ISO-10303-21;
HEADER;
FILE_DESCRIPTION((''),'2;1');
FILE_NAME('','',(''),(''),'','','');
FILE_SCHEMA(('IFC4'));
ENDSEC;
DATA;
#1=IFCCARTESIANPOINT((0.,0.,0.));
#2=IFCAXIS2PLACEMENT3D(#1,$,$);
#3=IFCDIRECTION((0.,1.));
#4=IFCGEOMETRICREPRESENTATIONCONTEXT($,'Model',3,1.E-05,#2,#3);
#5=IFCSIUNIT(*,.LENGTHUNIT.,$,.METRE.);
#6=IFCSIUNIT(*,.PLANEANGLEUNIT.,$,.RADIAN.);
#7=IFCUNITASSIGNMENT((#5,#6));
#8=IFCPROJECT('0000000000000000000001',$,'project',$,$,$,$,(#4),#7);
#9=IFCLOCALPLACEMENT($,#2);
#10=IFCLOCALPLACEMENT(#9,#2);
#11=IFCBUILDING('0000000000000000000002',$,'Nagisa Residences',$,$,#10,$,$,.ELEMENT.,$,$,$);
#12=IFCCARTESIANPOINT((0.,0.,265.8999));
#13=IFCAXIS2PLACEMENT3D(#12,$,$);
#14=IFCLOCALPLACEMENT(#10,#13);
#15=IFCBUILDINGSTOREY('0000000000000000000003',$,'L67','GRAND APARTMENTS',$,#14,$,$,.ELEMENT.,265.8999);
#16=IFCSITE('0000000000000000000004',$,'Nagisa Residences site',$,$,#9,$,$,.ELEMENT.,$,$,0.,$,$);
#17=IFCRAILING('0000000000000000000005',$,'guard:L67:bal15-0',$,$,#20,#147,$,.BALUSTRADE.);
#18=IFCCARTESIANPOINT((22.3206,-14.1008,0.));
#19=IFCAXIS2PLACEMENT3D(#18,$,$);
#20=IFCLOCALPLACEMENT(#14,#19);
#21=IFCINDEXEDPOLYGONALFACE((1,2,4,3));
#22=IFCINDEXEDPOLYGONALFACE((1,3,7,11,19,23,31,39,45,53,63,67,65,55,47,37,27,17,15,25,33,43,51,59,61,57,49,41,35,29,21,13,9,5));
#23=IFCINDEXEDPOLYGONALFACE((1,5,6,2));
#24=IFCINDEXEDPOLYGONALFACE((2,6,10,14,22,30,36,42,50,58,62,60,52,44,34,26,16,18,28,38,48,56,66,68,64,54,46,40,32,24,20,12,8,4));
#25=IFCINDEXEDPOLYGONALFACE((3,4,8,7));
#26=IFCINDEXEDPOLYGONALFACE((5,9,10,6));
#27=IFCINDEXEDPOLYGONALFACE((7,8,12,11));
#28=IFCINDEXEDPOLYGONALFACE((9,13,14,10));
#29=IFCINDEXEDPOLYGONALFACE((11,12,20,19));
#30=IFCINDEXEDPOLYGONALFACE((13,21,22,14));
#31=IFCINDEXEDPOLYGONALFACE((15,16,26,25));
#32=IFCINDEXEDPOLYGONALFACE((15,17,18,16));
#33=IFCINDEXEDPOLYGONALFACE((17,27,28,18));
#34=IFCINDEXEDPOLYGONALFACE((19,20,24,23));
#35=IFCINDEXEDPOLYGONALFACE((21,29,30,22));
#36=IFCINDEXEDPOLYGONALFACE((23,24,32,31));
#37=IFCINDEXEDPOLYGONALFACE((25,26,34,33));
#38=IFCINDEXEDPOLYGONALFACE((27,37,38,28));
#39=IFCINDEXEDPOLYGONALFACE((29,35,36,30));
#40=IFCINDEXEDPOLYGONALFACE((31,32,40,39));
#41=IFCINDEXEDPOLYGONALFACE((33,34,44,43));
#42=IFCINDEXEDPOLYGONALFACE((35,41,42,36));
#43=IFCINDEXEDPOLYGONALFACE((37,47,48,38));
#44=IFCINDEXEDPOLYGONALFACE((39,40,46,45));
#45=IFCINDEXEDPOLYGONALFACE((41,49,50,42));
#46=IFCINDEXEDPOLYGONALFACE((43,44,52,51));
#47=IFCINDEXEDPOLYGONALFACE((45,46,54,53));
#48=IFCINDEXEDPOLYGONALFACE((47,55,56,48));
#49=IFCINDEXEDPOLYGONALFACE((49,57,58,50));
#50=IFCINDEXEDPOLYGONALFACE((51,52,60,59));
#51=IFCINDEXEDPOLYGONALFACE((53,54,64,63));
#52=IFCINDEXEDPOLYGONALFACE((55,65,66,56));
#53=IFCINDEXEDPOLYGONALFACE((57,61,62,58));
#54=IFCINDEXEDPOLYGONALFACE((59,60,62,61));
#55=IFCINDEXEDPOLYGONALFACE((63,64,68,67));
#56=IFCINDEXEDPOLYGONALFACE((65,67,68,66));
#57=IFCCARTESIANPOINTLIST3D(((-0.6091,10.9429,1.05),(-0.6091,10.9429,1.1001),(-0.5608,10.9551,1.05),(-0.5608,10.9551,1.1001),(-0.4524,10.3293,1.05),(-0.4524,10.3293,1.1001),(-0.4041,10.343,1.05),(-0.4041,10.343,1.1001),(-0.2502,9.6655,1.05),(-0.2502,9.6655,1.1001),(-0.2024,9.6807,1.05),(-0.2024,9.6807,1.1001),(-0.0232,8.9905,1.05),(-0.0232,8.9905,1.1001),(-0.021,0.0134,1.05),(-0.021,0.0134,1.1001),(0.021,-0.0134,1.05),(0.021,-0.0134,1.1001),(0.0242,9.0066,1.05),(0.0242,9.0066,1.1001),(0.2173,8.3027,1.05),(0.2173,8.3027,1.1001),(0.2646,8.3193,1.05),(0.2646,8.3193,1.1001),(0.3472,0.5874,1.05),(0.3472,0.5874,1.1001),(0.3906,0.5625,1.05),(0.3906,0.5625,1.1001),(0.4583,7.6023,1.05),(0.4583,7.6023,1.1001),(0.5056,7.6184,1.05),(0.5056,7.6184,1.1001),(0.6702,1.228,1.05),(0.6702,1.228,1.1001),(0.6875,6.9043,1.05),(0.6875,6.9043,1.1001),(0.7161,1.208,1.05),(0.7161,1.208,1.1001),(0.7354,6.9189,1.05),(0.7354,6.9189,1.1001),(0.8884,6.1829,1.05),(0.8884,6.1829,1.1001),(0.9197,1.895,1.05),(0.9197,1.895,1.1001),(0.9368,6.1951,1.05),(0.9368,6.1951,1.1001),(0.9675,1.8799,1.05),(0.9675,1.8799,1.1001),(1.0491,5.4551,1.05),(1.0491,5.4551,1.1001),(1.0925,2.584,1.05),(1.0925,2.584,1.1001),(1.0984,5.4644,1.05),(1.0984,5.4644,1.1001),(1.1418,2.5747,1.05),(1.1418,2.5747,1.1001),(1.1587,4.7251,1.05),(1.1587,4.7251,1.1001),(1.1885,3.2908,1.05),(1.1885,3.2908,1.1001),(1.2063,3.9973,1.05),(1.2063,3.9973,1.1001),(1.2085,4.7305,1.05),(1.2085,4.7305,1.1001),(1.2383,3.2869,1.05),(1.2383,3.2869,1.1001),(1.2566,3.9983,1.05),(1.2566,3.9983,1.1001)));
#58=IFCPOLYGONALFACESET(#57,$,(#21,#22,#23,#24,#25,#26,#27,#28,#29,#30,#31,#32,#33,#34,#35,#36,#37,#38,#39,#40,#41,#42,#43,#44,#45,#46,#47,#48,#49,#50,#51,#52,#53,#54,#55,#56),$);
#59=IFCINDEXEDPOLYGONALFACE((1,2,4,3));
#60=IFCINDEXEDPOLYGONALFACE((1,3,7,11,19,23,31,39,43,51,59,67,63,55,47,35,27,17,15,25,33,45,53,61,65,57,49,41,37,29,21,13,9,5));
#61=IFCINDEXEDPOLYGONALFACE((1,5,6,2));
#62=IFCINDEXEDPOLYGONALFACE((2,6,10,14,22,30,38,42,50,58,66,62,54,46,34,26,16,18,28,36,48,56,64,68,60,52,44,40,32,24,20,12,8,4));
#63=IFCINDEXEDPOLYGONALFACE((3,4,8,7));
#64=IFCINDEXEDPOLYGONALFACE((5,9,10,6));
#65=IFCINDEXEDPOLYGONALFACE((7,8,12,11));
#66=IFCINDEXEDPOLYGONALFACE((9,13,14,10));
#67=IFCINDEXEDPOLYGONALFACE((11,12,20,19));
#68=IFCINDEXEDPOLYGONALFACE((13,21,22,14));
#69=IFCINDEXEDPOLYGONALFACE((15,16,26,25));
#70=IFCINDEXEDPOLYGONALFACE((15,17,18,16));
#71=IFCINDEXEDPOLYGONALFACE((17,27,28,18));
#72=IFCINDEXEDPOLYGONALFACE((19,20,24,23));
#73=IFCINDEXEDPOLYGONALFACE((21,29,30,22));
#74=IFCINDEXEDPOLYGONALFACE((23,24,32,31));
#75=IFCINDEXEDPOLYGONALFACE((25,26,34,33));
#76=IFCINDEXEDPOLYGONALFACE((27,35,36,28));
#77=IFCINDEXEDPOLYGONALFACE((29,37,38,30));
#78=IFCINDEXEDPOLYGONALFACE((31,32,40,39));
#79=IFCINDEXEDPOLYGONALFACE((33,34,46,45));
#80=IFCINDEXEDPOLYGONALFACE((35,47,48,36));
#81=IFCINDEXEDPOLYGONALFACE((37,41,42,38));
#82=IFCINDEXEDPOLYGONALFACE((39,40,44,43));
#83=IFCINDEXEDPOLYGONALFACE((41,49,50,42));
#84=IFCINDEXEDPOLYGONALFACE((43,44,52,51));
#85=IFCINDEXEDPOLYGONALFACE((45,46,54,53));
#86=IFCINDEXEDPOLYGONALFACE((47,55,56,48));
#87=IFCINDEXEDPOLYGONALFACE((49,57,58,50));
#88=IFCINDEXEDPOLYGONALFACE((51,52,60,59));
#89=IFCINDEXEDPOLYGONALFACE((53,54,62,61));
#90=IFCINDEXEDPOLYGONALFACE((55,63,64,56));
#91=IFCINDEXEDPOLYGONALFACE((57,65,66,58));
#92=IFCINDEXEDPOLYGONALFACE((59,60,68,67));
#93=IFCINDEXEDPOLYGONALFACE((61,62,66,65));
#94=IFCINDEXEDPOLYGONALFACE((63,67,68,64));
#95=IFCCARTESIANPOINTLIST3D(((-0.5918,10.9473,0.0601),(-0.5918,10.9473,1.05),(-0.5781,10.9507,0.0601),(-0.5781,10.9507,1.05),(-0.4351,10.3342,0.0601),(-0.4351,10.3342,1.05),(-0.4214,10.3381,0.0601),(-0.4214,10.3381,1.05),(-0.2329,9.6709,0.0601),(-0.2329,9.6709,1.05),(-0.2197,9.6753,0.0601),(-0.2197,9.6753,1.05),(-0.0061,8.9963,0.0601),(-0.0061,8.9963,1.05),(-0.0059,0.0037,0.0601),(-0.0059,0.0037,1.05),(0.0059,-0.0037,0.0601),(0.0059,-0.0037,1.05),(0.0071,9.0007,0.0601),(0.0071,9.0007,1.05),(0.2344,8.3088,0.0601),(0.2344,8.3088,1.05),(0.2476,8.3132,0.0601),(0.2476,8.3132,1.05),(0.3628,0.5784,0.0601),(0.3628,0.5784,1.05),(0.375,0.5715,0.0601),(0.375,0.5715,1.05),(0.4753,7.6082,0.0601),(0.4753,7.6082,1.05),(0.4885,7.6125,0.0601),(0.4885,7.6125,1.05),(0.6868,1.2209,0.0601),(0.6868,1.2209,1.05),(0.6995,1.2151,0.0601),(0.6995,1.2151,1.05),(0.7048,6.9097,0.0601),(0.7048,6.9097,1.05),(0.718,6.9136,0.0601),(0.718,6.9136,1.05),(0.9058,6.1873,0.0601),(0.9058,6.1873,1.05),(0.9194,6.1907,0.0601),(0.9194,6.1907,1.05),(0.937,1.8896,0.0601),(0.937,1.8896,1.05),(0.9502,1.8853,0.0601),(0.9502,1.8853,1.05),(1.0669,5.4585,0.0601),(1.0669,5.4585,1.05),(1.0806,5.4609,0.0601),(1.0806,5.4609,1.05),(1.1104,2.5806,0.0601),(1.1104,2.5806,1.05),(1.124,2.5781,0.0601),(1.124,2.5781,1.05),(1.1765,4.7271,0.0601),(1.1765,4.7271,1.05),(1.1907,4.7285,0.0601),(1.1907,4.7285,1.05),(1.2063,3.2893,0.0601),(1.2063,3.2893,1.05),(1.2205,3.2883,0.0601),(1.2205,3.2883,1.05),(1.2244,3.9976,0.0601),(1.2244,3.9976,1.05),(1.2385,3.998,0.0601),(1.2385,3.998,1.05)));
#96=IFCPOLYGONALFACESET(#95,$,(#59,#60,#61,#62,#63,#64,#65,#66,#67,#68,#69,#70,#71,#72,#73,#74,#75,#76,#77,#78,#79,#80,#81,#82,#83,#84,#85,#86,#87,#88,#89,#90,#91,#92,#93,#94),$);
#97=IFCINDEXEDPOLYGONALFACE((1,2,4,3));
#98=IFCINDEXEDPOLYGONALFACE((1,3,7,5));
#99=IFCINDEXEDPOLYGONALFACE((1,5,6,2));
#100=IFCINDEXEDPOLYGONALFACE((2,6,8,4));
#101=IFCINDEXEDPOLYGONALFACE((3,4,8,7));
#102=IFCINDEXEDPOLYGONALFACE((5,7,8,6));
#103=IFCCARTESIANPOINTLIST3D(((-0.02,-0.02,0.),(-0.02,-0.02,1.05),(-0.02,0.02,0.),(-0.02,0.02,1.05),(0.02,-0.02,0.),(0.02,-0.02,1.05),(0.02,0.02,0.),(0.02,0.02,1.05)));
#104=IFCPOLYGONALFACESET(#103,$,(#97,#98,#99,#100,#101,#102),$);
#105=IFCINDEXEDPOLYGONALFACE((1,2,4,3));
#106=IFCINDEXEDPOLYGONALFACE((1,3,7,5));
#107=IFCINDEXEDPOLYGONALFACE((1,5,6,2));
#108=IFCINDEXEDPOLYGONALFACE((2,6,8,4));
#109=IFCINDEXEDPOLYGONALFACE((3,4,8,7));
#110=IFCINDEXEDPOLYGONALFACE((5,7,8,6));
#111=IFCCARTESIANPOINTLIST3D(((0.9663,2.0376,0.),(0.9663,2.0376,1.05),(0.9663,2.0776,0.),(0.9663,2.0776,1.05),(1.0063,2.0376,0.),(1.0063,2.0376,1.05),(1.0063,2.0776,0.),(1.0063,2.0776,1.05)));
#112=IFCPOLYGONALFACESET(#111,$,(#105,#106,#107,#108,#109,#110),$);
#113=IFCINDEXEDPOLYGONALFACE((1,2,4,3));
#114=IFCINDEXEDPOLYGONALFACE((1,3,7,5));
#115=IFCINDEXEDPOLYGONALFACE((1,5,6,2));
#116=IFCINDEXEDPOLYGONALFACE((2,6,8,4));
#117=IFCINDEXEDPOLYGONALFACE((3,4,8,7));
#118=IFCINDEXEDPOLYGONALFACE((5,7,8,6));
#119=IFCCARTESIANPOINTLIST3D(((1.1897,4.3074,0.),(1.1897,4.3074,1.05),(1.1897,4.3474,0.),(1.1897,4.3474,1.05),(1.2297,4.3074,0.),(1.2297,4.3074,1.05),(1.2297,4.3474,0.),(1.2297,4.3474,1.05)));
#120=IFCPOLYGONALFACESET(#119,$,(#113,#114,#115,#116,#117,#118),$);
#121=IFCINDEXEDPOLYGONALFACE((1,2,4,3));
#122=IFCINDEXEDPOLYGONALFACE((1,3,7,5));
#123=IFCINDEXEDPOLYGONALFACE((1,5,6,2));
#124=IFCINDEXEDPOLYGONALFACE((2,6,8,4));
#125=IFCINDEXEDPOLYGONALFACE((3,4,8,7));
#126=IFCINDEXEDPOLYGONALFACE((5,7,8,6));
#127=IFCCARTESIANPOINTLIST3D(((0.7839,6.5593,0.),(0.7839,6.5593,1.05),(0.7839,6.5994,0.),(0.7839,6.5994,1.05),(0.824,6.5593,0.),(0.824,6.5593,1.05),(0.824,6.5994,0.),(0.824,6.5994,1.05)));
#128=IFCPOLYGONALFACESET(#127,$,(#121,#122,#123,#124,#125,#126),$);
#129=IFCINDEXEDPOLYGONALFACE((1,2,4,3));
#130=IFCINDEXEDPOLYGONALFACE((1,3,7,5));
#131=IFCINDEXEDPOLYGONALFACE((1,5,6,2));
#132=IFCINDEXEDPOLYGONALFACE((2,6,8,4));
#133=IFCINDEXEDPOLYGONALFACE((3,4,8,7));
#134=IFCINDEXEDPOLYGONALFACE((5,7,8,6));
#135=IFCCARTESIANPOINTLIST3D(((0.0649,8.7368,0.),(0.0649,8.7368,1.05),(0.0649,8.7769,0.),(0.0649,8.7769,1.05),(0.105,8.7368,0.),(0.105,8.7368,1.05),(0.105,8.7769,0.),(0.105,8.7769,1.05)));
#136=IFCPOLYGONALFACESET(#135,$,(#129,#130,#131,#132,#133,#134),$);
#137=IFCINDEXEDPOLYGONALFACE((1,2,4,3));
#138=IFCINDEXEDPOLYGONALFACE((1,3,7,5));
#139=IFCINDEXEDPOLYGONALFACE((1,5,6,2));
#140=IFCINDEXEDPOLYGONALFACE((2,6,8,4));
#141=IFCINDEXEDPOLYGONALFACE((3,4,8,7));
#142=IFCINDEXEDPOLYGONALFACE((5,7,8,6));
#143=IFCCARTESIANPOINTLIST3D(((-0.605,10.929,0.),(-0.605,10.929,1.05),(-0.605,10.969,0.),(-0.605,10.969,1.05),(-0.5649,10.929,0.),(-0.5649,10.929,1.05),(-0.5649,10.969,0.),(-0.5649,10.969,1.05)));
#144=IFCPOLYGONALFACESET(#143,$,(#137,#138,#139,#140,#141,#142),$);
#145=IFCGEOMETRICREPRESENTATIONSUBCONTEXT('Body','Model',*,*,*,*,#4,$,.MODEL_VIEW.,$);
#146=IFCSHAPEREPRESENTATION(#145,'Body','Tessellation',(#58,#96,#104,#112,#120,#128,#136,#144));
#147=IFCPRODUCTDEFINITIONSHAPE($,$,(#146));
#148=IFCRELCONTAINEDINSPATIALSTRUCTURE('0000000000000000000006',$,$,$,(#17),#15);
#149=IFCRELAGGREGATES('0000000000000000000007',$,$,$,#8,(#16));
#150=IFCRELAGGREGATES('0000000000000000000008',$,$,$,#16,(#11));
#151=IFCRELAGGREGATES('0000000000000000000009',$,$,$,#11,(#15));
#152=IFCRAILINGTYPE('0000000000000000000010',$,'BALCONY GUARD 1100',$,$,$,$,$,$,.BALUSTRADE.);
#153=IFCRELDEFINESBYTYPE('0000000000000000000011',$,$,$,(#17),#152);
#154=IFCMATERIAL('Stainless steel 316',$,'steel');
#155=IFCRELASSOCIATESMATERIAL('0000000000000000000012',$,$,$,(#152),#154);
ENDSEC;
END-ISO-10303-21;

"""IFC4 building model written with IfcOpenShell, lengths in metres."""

from ifc_helpers import new_model, si_unit, direction, frame, origin, origin_2d, place, context, subcontext, project, spatial, polyline, rectangle, outline, extrude, material, type_object, element, save


model = new_model("IFC4")

# Units and contexts
model_context = context("Model", 3, precision=1e-05, world=origin(), true_north=direction((0.0, 1.0)))
body_context = subcontext(model_context, "Body", "Model", "MODEL_VIEW")
ifc_project = project(units=[si_unit("LENGTHUNIT", "METRE"), si_unit("PLANEANGLEUNIT", "RADIAN")], contexts=[model_context])

# Site, building, storey
site_placement = place(None, origin())
site = spatial("IfcSite", under=ifc_project, at=site_placement, Name="Nagisa Residences site", CompositionType="ELEMENT", RefElevation=0.0)
building_placement = place(site_placement, origin())
building = spatial("IfcBuilding", under=site, at=building_placement, Name="Nagisa Residences", CompositionType="ELEMENT")
storey_placement = place(building_placement, frame((0.0, 0.0, 265.8999)))
storey = spatial("IfcBuildingStorey", under=building, at=storey_placement, Name="L67", Description="GRAND APARTMENTS", CompositionType="ELEMENT", Elevation=265.8999)

# Railing
ifc_material_1 = material(Name="Stainless steel 316", Category="steel")
railing_type = type_object("IfcRailingType", Name="BALCONY GUARD 1100", PredefinedType="BALUSTRADE", material=ifc_material_1)
railing_1_placement = place(storey_placement, frame((22.3206, -14.1008, 0.0)))
element("IfcRailing", 1, at=railing_1_placement, inside=storey, type_object=railing_type, Name="guard:L67:bal15-0", PredefinedType="BALUSTRADE", context=body_context, shape_type="SweptSolid", body=[
    extrude(outline(polyline([(0.3472, 0.5874), (-0.021, 0.0134), (0.021, -0.0134), (0.3906, 0.5625), (0.7161, 1.208), (0.9675, 1.8799), (1.1418, 2.5747), (1.2383, 3.2869), (1.2566, 3.9983), (1.2085, 4.7305), (1.0984, 5.4644), (0.9368, 6.1951), (0.7354, 6.9189), (0.5056, 7.6184), (0.2646, 8.3193), (0.0242, 9.0066), (-0.2024, 9.6807), (-0.4041, 10.343), (-0.5608, 10.9551), (-0.6091, 10.9429), (-0.4524, 10.3293), (-0.2502, 9.6655), (-0.0232, 8.9905), (0.2173, 8.3027), (0.4583, 7.6023), (0.6875, 6.9043), (0.8884, 6.1829), (1.0491, 5.4551), (1.1587, 4.7251), (1.2063, 3.9973), (1.1885, 3.2908), (1.0925, 2.584), (0.9197, 1.895), (0.6702, 1.228), (0.3472, 0.5874)])), frame((0.0, 0.0, 1.05)), (0.0, 0.0, 1.0), 0.05),
    extrude(outline(polyline([(0.3628, 0.5784), (-0.0059, 0.0037), (0.0059, -0.0037), (0.375, 0.5715), (0.6995, 1.2151), (0.9502, 1.8853), (1.124, 2.5781), (1.2205, 3.2883), (1.2385, 3.998), (1.1907, 4.7285), (1.0806, 5.4609), (0.9194, 6.1907), (0.718, 6.9136), (0.4885, 7.6125), (0.2476, 8.3132), (0.0071, 9.0007), (-0.2197, 9.6753), (-0.4214, 10.3381), (-0.5781, 10.9507), (-0.5918, 10.9473), (-0.4351, 10.3342), (-0.2329, 9.6709), (-0.0061, 8.9963), (0.2344, 8.3088), (0.4753, 7.6082), (0.7048, 6.9097), (0.9058, 6.1873), (1.0669, 5.4585), (1.1765, 4.7271), (1.2244, 3.9976), (1.2063, 3.2893), (1.1104, 2.5806), (0.937, 1.8896), (0.6868, 1.2209), (0.3628, 0.5784)])), frame((0.0, 0.0, 0.0601)), (0.0, 0.0, 1.0), 0.99),
    extrude(rectangle(XDim=0.04, YDim=0.04, at=origin_2d()), origin(), (0.0, 0.0, 1.0), 1.05),
    extrude(rectangle(XDim=0.04, YDim=0.04, at=origin_2d()), frame((0.9863, 2.0576, 0.0)), (0.0, 0.0, 1.0), 1.05),
    extrude(rectangle(XDim=0.04, YDim=0.04, at=origin_2d()), frame((1.2097, 4.3274, 0.0)), (0.0, 0.0, 1.0), 1.05),
    extrude(rectangle(XDim=0.04, YDim=0.04, at=origin_2d()), frame((0.804, 6.5793, 0.0)), (0.0, 0.0, 1.0), 1.05),
    extrude(rectangle(XDim=0.04, YDim=0.04, at=origin_2d()), frame((0.085, 8.7568, 0.0)), (0.0, 0.0, 1.0), 1.05),
    extrude(rectangle(XDim=0.04, YDim=0.04, at=origin_2d()), frame((-0.585, 10.949, 0.0)), (0.0, 0.0, 1.0), 1.05),
])

save(model, "model.ifc")
